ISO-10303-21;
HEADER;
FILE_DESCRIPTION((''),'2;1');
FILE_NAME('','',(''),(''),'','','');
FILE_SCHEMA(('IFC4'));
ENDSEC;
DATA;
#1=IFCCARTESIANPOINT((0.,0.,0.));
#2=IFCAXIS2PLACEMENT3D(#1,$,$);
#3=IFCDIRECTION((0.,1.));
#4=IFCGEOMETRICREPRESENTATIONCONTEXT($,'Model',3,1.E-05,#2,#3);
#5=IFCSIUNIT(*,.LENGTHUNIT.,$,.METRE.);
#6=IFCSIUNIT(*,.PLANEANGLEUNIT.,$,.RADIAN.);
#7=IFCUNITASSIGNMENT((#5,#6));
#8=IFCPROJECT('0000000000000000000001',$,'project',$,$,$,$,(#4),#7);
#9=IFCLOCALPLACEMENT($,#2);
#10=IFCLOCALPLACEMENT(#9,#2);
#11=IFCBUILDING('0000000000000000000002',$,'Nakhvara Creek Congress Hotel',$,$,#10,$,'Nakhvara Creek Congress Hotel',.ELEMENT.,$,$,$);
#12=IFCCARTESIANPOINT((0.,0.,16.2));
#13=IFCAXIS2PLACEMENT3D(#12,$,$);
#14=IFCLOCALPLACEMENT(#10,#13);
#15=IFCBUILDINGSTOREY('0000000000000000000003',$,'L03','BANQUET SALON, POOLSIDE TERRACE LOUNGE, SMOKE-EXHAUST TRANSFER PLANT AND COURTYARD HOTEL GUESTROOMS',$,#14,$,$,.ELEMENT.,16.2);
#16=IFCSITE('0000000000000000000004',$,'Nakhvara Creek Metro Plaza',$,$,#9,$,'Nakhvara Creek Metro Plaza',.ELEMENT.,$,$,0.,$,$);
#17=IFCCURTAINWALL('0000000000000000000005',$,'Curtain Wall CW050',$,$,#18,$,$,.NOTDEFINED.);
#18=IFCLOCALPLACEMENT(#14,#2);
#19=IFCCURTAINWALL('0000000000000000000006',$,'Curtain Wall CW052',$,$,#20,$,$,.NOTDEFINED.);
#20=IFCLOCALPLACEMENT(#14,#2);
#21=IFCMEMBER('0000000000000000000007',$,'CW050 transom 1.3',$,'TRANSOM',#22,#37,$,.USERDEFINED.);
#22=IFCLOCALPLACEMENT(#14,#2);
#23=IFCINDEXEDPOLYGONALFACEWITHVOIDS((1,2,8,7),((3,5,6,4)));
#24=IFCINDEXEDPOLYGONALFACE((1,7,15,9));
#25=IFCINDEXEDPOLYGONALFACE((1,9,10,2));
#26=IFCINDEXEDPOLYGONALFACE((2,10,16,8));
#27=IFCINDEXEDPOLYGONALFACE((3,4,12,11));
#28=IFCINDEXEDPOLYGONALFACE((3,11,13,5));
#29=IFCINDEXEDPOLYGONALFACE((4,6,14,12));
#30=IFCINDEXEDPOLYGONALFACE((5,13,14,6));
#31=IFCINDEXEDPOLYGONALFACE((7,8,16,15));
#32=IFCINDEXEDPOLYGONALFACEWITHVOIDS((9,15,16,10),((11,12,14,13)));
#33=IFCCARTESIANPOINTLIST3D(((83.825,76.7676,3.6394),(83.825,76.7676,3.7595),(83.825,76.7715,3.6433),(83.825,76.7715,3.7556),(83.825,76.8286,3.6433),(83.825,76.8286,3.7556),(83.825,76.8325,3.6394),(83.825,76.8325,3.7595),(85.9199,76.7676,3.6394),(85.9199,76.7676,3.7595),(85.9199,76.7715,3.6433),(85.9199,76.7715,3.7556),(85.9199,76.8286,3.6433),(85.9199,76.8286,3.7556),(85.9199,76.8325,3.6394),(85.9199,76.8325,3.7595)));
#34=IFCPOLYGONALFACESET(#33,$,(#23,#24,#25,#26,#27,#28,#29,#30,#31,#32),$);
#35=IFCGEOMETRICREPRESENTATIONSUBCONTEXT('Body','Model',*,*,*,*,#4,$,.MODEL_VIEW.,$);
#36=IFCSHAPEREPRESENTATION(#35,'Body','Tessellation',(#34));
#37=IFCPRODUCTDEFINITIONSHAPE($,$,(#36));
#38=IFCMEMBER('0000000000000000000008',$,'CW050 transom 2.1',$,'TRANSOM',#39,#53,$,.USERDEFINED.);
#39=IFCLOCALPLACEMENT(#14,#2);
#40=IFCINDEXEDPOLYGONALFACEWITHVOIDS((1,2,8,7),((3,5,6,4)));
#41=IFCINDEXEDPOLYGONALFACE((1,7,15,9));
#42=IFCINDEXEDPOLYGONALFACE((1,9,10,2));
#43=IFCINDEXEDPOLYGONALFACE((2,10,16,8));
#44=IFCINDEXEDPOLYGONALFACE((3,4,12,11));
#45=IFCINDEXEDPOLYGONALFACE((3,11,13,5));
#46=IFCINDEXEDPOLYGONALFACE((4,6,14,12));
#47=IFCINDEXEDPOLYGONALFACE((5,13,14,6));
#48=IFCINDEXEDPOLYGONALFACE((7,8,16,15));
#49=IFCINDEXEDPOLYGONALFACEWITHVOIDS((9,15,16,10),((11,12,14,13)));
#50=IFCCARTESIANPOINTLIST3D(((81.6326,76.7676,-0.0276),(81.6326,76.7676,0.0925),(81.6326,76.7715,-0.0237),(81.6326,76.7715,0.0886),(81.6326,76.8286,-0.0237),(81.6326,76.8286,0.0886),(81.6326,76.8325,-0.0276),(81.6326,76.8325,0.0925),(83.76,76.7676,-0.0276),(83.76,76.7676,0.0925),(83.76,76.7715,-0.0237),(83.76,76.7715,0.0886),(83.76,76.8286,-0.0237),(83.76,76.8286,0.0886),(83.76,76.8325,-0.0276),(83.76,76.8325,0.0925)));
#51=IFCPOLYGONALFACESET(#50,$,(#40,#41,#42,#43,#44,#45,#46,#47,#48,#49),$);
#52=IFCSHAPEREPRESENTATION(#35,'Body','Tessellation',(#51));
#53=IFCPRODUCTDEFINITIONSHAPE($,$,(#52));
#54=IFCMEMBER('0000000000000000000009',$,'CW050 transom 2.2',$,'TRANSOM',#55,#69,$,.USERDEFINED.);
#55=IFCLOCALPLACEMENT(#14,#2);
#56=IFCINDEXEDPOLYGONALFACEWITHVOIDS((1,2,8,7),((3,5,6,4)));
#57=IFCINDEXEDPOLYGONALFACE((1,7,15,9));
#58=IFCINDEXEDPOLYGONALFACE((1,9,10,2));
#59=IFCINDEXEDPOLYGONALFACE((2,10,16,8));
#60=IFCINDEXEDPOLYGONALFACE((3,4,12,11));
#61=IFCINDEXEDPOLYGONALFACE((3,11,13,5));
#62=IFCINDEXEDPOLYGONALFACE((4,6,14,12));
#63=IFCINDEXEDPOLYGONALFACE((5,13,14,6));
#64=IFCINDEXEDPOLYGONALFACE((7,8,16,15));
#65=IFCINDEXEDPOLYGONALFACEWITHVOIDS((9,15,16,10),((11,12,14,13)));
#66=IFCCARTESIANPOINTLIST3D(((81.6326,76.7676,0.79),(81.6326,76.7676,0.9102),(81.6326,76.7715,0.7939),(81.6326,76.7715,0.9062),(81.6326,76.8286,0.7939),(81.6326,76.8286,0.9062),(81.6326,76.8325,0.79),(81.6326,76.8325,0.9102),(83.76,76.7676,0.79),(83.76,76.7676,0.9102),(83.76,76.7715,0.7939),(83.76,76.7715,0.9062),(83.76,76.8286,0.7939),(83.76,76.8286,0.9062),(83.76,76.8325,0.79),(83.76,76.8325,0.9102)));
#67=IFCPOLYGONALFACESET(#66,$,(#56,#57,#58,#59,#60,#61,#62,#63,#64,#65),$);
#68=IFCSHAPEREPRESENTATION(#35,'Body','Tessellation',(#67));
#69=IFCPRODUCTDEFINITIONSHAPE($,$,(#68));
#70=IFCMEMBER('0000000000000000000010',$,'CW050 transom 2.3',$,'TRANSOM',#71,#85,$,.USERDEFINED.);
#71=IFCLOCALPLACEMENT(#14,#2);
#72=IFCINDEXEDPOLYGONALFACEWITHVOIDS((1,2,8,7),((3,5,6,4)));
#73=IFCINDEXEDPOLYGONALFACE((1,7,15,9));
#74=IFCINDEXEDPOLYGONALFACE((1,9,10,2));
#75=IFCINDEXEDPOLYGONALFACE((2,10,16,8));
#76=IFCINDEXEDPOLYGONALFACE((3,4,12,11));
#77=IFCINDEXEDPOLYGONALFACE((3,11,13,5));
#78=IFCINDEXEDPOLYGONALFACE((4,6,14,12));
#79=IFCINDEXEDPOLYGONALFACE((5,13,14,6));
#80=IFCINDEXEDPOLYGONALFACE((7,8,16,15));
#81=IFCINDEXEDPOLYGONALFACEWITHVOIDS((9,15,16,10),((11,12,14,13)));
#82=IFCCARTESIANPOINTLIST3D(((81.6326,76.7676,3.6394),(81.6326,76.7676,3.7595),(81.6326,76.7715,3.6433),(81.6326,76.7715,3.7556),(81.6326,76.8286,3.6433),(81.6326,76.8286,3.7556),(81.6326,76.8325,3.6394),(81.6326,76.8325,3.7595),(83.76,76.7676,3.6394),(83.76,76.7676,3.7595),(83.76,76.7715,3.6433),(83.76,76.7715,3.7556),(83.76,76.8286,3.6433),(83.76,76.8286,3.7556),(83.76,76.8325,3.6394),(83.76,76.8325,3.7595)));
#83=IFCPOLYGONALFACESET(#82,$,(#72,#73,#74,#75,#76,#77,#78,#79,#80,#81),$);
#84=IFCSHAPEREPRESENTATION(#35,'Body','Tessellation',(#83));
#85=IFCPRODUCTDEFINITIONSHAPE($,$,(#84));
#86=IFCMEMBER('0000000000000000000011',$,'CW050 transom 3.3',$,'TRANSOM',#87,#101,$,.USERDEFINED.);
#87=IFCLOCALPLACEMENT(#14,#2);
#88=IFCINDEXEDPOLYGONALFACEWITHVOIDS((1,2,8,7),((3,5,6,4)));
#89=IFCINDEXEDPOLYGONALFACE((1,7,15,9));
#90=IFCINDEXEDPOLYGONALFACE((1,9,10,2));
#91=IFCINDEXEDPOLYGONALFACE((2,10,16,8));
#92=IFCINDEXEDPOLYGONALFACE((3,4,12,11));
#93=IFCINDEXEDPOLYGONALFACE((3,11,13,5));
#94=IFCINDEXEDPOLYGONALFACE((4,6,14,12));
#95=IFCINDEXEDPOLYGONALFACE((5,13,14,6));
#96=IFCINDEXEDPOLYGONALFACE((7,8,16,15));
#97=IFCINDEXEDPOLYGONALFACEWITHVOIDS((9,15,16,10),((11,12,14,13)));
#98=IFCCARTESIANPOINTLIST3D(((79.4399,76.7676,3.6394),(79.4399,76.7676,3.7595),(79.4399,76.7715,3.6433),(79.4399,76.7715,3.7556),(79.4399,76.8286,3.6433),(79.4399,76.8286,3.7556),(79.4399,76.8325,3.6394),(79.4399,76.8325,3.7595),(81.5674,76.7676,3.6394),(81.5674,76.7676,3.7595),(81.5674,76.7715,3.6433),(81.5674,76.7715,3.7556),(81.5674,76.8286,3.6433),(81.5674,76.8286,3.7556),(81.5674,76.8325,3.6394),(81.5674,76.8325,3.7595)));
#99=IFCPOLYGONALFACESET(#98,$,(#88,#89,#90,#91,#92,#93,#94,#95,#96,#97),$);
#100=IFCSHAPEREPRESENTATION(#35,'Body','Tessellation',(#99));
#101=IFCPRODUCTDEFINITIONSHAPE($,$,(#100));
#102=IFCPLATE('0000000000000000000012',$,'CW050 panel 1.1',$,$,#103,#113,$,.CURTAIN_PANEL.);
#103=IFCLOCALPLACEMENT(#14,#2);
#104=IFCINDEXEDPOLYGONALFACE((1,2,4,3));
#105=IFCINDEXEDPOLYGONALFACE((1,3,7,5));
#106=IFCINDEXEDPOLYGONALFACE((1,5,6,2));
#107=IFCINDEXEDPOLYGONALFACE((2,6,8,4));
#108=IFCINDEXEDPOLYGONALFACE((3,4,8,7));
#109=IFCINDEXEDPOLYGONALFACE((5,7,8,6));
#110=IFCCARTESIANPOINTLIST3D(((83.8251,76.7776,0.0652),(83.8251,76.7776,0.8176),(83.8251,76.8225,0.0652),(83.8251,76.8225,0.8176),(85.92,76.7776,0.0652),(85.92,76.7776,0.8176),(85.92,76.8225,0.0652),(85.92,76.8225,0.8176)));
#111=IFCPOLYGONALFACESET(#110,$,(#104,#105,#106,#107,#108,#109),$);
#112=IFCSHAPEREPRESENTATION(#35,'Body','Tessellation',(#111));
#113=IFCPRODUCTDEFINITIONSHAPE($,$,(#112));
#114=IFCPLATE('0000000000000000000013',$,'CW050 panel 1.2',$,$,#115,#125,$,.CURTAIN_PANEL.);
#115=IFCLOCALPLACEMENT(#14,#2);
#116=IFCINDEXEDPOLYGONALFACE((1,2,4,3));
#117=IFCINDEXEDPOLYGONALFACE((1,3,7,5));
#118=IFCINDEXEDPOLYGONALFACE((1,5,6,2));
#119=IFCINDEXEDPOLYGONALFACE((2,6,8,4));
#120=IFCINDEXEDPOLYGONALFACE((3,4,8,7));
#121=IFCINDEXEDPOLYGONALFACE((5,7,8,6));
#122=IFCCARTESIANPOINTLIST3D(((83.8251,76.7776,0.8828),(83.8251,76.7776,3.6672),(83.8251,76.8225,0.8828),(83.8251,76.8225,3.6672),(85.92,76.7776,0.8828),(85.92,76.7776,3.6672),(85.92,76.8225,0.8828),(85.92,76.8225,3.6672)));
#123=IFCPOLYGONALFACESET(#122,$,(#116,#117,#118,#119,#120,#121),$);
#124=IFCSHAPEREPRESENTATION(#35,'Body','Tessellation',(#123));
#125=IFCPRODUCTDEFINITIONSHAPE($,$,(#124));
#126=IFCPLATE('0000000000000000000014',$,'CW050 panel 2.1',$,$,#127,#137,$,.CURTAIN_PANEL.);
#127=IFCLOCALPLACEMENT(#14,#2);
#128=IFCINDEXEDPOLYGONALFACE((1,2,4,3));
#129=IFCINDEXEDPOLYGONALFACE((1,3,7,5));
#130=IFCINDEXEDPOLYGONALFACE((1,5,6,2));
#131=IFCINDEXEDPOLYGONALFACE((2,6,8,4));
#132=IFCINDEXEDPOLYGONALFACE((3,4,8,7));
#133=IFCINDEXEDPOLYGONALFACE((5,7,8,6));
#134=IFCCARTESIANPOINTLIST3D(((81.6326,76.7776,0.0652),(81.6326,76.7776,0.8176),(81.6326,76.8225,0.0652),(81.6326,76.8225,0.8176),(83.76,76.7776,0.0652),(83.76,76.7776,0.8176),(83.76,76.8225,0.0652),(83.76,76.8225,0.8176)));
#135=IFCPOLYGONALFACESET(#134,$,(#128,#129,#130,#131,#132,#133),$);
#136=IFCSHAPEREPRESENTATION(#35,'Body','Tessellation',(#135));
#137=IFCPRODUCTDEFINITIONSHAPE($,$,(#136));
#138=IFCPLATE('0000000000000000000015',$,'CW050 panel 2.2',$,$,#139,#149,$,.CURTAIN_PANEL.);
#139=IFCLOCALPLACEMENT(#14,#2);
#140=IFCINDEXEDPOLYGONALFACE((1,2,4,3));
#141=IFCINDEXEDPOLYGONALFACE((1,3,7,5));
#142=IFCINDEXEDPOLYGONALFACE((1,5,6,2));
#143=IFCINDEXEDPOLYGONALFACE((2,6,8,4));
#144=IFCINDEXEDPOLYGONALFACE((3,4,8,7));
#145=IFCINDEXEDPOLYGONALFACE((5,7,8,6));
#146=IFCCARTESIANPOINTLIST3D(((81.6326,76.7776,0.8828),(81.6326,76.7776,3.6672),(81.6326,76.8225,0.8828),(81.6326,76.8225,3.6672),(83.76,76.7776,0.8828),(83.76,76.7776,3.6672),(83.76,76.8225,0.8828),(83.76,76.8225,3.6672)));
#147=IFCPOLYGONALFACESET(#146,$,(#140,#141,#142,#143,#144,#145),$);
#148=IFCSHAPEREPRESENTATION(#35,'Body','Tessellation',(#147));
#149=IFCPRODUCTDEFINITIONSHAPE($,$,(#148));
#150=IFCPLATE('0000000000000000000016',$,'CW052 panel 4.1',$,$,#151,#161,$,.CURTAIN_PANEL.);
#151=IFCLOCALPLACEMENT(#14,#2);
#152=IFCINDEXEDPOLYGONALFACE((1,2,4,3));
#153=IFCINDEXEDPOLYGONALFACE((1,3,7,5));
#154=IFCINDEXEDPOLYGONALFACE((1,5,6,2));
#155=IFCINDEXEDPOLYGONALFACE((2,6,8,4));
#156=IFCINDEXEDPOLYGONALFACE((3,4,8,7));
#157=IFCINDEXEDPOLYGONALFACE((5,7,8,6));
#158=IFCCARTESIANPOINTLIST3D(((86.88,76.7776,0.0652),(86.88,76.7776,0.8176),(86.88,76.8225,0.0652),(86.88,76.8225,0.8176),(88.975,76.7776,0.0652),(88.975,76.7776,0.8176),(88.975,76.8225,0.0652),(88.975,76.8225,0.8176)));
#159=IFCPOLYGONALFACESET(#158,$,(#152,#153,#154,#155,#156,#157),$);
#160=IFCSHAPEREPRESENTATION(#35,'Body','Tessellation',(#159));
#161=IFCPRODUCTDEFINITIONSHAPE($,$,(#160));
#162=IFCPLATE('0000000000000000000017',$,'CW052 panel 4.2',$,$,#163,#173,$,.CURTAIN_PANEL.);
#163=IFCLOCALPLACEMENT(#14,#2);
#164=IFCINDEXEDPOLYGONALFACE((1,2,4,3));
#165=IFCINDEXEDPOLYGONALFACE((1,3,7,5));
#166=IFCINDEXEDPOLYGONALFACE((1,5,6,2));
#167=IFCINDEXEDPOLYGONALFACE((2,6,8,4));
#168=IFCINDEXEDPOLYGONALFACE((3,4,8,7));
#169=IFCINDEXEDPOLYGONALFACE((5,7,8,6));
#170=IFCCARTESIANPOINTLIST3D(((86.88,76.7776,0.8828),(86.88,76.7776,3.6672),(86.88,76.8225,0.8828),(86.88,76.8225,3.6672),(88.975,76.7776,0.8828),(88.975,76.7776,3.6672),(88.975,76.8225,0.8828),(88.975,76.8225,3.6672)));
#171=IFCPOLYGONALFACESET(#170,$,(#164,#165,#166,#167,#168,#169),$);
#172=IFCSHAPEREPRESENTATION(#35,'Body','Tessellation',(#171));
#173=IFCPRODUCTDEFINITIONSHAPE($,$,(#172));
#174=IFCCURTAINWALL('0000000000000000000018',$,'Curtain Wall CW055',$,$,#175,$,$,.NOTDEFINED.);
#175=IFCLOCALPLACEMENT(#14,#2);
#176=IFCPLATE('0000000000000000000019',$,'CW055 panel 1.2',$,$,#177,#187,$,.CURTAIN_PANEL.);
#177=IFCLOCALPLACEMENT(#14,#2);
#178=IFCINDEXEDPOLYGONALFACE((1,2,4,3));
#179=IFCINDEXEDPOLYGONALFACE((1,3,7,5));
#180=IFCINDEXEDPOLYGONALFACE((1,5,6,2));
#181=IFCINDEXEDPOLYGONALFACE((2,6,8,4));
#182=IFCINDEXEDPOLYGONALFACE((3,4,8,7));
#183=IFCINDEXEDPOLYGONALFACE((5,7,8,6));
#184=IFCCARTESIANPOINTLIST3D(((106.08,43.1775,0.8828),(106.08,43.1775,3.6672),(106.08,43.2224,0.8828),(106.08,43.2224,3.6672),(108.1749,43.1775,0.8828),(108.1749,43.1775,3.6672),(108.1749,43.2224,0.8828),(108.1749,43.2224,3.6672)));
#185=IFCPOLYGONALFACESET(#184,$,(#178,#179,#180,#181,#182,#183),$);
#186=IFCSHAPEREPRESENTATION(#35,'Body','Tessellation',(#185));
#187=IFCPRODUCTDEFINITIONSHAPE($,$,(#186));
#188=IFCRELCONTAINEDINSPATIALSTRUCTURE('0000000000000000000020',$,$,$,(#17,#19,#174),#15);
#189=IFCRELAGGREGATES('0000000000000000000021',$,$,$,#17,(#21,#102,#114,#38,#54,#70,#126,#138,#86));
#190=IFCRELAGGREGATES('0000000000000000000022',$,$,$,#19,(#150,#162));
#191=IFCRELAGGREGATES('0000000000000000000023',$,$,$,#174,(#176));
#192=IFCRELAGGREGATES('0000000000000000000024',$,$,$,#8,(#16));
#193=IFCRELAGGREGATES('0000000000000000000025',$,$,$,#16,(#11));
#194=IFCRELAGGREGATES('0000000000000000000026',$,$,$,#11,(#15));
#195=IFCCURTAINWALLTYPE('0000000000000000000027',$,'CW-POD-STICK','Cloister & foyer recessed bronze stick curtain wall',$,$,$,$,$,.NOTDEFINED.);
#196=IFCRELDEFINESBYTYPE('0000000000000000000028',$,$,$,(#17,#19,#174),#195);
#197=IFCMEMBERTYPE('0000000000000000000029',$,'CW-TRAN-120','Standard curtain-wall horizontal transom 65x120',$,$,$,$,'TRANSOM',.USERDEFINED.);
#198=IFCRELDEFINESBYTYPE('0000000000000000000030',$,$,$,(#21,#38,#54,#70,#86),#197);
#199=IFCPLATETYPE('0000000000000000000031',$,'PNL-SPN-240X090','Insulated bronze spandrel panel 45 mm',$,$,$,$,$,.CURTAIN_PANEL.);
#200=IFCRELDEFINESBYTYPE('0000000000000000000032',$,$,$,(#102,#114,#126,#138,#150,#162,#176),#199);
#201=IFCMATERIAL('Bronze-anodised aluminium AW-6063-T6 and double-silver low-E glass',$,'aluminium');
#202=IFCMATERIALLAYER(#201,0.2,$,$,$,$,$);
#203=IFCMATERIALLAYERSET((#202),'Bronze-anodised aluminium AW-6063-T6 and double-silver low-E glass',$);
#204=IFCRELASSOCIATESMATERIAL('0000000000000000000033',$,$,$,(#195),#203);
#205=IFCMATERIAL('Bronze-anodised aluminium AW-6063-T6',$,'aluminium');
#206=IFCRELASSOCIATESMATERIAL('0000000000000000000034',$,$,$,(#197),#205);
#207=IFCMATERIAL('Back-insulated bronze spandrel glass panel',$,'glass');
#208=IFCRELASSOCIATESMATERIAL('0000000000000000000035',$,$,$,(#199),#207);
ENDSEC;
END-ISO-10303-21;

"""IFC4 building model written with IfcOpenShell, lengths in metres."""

from ifc_helpers import new_model, si_unit, direction, frame, origin, origin_2d, place, context, subcontext, project, spatial, rectangle, hollow_rectangle, extrude, material, layer, layer_set, material_profile, profile_set, type_object, element, aggregate, save


model = new_model("IFC4")

# Units and contexts
model_context = context("Model", 3, precision=1e-05, world=origin(), true_north=direction((0.0, 1.0)))
body_context = subcontext(model_context, "Body", "Model", "MODEL_VIEW")
ifc_project = project(units=[si_unit("LENGTHUNIT", "METRE"), si_unit("PLANEANGLEUNIT", "RADIAN")], contexts=[model_context])

# Site, building, storey
site_placement = place(None, origin())
site = spatial("IfcSite", under=ifc_project, at=site_placement, Name="Nakhvara Creek Metro Plaza", LongName="Nakhvara Creek Metro Plaza", CompositionType="ELEMENT", RefElevation=0.0)
building_placement = place(site_placement, origin())
building = spatial("IfcBuilding", under=site, at=building_placement, Name="Nakhvara Creek Congress Hotel", LongName="Nakhvara Creek Congress Hotel", CompositionType="ELEMENT")
storey_placement = place(building_placement, frame((0.0, 0.0, 16.2)))
storey = spatial("IfcBuildingStorey", under=building, at=storey_placement, Name="L03", Description="BANQUET SALON, POOLSIDE TERRACE LOUNGE, SMOKE-EXHAUST TRANSFER PLANT AND COURTYARD HOTEL GUESTROOMS", CompositionType="ELEMENT", Elevation=16.2)

# Curtain wall
ifc_material_1 = material(Name="Bronze-anodised aluminium AW-6063-T6 and double-silver low-E glass", Category="aluminium")
ifc_layer = layer(ifc_material_1, 0.2)
ifc_layer_set = layer_set([ifc_layer], Name="Bronze-anodised aluminium AW-6063-T6 and double-silver low-E glass")
curtain_wall_type = type_object("IfcCurtainWallType", Name="CW-POD-STICK", Description="Cloister & foyer recessed bronze stick curtain wall", PredefinedType="NOTDEFINED", material=ifc_layer_set)
curtain_wall_1_placement = place(storey_placement, origin())
curtain_wall_1 = element("IfcCurtainWall", 1, at=curtain_wall_1_placement, inside=storey, type_object=curtain_wall_type, Name="Curtain Wall CW050", PredefinedType="NOTDEFINED")
ifc_material_2 = material(Name="Bronze-anodised aluminium AW-6063-T6", Category="aluminium")

# Curtain wall
curtain_wall_2_placement = place(storey_placement, origin())
curtain_wall_2 = element("IfcCurtainWall", 2, at=curtain_wall_2_placement, inside=storey, type_object=curtain_wall_type, Name="Curtain Wall CW052", PredefinedType="NOTDEFINED")

# Members
ifc_material_profile_1 = material_profile(ifc_material_2, hollow_rectangle(XDim=0.0649, YDim=0.1201, WallThickness=0.0039, at=origin_2d()), Name="ALU-TRAN 65x120x4", Category="LoadBearing")
ifc_profile_set_1 = profile_set([ifc_material_profile_1], Name="Bronze-anodised aluminium AW-6063-T6")
member_type_1 = type_object("IfcMemberType", Name="CW-TRAN-120", Description="Standard curtain-wall horizontal transom 65x120", ElementType="TRANSOM", PredefinedType="USERDEFINED", material=ifc_profile_set_1)
member_1_placement = place(storey_placement, frame((85.9199, 76.8, 3.6995), z_axis=(-1.0, 0.0, 0.0), x_axis=(0.0, -1.0, 0.0)))
member_1 = element("IfcMember", 3, at=member_1_placement, type_object=member_type_1, Name="CW050 transom 1.3", ObjectType="TRANSOM", PredefinedType="USERDEFINED", context=body_context, shape_type="SweptSolid", body=[
    extrude(hollow_rectangle(XDim=0.0649, YDim=0.1201, WallThickness=0.0039, at=origin_2d()), origin(), (0.0, 0.0, 1.0), 2.095),
])
member_2_placement = place(storey_placement, frame((83.76, 76.8, 0.0325), z_axis=(-1.0, 0.0, 0.0), x_axis=(0.0, -1.0, 0.0)))
member_2 = element("IfcMember", 4, at=member_2_placement, type_object=member_type_1, Name="CW050 transom 2.1", ObjectType="TRANSOM", PredefinedType="USERDEFINED", context=body_context, shape_type="SweptSolid", body=[
    extrude(hollow_rectangle(XDim=0.0649, YDim=0.1201, WallThickness=0.0039, at=origin_2d()), origin(), (0.0, 0.0, 1.0), 2.1274),
])
member_3_placement = place(storey_placement, frame((83.76, 76.8, 0.8501), z_axis=(-1.0, 0.0, 0.0), x_axis=(0.0, -1.0, 0.0)))
member_3 = element("IfcMember", 5, at=member_3_placement, type_object=member_type_1, Name="CW050 transom 2.2", ObjectType="TRANSOM", PredefinedType="USERDEFINED", context=body_context, shape_type="SweptSolid", body=[
    extrude(hollow_rectangle(XDim=0.0649, YDim=0.1201, WallThickness=0.0039, at=origin_2d()), origin(), (0.0, 0.0, 1.0), 2.1274),
])
member_4_placement = place(storey_placement, frame((83.76, 76.8, 3.6995), z_axis=(-1.0, 0.0, 0.0), x_axis=(0.0, -1.0, 0.0)))
member_4 = element("IfcMember", 6, at=member_4_placement, type_object=member_type_1, Name="CW050 transom 2.3", ObjectType="TRANSOM", PredefinedType="USERDEFINED", context=body_context, shape_type="SweptSolid", body=[
    extrude(hollow_rectangle(XDim=0.0649, YDim=0.1201, WallThickness=0.0039, at=origin_2d()), origin(), (0.0, 0.0, 1.0), 2.1274),
])
member_5_placement = place(storey_placement, frame((81.5674, 76.8, 3.6995), z_axis=(-1.0, 0.0, 0.0), x_axis=(0.0, -1.0, 0.0)))
member_5 = element("IfcMember", 7, at=member_5_placement, type_object=member_type_1, Name="CW050 transom 3.3", ObjectType="TRANSOM", PredefinedType="USERDEFINED", context=body_context, shape_type="SweptSolid", body=[
    extrude(hollow_rectangle(XDim=0.0649, YDim=0.1201, WallThickness=0.0039, at=origin_2d()), origin(), (0.0, 0.0, 1.0), 2.1274),
])

# Plates
ifc_material_3 = material(Name="Back-insulated bronze spandrel glass panel", Category="glass")
plate_type = type_object("IfcPlateType", Name="PNL-SPN-240X090", Description="Insulated bronze spandrel panel 45 mm", PredefinedType="CURTAIN_PANEL", material=ifc_material_3)
plate_1_placement = place(storey_placement, frame((84.8726, 76.8, 0.0652), z_axis=(0.0, 0.0, 1.0), x_axis=(-1.0, 0.0, 0.0)))
plate_1 = element("IfcPlate", 8, at=plate_1_placement, type_object=plate_type, Name="CW050 panel 1.1", PredefinedType="CURTAIN_PANEL", context=body_context, shape_type="SweptSolid", body=[
    extrude(rectangle(XDim=2.095, YDim=0.0449, at=origin_2d()), origin(), (0.0, 0.0, 1.0), 0.7524),
])
plate_2_placement = place(storey_placement, frame((84.8726, 76.8, 0.8828), z_axis=(0.0, 0.0, 1.0), x_axis=(-1.0, 0.0, 0.0)))
plate_2 = element("IfcPlate", 9, at=plate_2_placement, type_object=plate_type, Name="CW050 panel 1.2", PredefinedType="CURTAIN_PANEL", context=body_context, shape_type="SweptSolid", body=[
    extrude(rectangle(XDim=2.095, YDim=0.0449, at=origin_2d()), origin(), (0.0, 0.0, 1.0), 2.7844),
])
plate_3_placement = place(storey_placement, frame((82.6963, 76.8, 0.0652), z_axis=(0.0, 0.0, 1.0), x_axis=(-1.0, 0.0, 0.0)))
plate_3 = element("IfcPlate", 10, at=plate_3_placement, type_object=plate_type, Name="CW050 panel 2.1", PredefinedType="CURTAIN_PANEL", context=body_context, shape_type="SweptSolid", body=[
    extrude(rectangle(XDim=2.1274, YDim=0.0449, at=origin_2d()), origin(), (0.0, 0.0, 1.0), 0.7524),
])
plate_4_placement = place(storey_placement, frame((82.6963, 76.8, 0.8828), z_axis=(0.0, 0.0, 1.0), x_axis=(-1.0, 0.0, 0.0)))
plate_4 = element("IfcPlate", 11, at=plate_4_placement, type_object=plate_type, Name="CW050 panel 2.2", PredefinedType="CURTAIN_PANEL", context=body_context, shape_type="SweptSolid", body=[
    extrude(rectangle(XDim=2.1274, YDim=0.0449, at=origin_2d()), origin(), (0.0, 0.0, 1.0), 2.7844),
])
aggregate(curtain_wall_1, [member_1, plate_1, plate_2, member_2, member_3, member_4, plate_3, plate_4, member_5])
plate_5_placement = place(storey_placement, frame((87.9275, 76.8, 0.0652), z_axis=(0.0, 0.0, 1.0), x_axis=(-1.0, 0.0, 0.0)))
plate_5 = element("IfcPlate", 12, at=plate_5_placement, type_object=plate_type, Name="CW052 panel 4.1", PredefinedType="CURTAIN_PANEL", context=body_context, shape_type="SweptSolid", body=[
    extrude(rectangle(XDim=2.095, YDim=0.0449, at=origin_2d()), origin(), (0.0, 0.0, 1.0), 0.7524),
])
plate_6_placement = place(storey_placement, frame((87.9275, 76.8, 0.8828), z_axis=(0.0, 0.0, 1.0), x_axis=(-1.0, 0.0, 0.0)))
plate_6 = element("IfcPlate", 13, at=plate_6_placement, type_object=plate_type, Name="CW052 panel 4.2", PredefinedType="CURTAIN_PANEL", context=body_context, shape_type="SweptSolid", body=[
    extrude(rectangle(XDim=2.095, YDim=0.0449, at=origin_2d()), origin(), (0.0, 0.0, 1.0), 2.7844),
])
aggregate(curtain_wall_2, [plate_5, plate_6])

# Curtain wall, plate
curtain_wall_3_placement = place(storey_placement, origin())
curtain_wall_3 = element("IfcCurtainWall", 14, at=curtain_wall_3_placement, inside=storey, type_object=curtain_wall_type, Name="Curtain Wall CW055", PredefinedType="NOTDEFINED")
plate_7_placement = place(storey_placement, frame((107.1274, 43.2, 0.8828), z_axis=(0.0, 0.0, 1.0), x_axis=(1.0, 0.0, 0.0)))
plate_7 = element("IfcPlate", 15, at=plate_7_placement, type_object=plate_type, Name="CW055 panel 1.2", PredefinedType="CURTAIN_PANEL", context=body_context, shape_type="SweptSolid", body=[
    extrude(rectangle(XDim=2.095, YDim=0.0449, at=origin_2d()), origin(), (0.0, 0.0, 1.0), 2.7844),
])
aggregate(curtain_wall_3, [plate_7])

save(model, "model.ifc")
